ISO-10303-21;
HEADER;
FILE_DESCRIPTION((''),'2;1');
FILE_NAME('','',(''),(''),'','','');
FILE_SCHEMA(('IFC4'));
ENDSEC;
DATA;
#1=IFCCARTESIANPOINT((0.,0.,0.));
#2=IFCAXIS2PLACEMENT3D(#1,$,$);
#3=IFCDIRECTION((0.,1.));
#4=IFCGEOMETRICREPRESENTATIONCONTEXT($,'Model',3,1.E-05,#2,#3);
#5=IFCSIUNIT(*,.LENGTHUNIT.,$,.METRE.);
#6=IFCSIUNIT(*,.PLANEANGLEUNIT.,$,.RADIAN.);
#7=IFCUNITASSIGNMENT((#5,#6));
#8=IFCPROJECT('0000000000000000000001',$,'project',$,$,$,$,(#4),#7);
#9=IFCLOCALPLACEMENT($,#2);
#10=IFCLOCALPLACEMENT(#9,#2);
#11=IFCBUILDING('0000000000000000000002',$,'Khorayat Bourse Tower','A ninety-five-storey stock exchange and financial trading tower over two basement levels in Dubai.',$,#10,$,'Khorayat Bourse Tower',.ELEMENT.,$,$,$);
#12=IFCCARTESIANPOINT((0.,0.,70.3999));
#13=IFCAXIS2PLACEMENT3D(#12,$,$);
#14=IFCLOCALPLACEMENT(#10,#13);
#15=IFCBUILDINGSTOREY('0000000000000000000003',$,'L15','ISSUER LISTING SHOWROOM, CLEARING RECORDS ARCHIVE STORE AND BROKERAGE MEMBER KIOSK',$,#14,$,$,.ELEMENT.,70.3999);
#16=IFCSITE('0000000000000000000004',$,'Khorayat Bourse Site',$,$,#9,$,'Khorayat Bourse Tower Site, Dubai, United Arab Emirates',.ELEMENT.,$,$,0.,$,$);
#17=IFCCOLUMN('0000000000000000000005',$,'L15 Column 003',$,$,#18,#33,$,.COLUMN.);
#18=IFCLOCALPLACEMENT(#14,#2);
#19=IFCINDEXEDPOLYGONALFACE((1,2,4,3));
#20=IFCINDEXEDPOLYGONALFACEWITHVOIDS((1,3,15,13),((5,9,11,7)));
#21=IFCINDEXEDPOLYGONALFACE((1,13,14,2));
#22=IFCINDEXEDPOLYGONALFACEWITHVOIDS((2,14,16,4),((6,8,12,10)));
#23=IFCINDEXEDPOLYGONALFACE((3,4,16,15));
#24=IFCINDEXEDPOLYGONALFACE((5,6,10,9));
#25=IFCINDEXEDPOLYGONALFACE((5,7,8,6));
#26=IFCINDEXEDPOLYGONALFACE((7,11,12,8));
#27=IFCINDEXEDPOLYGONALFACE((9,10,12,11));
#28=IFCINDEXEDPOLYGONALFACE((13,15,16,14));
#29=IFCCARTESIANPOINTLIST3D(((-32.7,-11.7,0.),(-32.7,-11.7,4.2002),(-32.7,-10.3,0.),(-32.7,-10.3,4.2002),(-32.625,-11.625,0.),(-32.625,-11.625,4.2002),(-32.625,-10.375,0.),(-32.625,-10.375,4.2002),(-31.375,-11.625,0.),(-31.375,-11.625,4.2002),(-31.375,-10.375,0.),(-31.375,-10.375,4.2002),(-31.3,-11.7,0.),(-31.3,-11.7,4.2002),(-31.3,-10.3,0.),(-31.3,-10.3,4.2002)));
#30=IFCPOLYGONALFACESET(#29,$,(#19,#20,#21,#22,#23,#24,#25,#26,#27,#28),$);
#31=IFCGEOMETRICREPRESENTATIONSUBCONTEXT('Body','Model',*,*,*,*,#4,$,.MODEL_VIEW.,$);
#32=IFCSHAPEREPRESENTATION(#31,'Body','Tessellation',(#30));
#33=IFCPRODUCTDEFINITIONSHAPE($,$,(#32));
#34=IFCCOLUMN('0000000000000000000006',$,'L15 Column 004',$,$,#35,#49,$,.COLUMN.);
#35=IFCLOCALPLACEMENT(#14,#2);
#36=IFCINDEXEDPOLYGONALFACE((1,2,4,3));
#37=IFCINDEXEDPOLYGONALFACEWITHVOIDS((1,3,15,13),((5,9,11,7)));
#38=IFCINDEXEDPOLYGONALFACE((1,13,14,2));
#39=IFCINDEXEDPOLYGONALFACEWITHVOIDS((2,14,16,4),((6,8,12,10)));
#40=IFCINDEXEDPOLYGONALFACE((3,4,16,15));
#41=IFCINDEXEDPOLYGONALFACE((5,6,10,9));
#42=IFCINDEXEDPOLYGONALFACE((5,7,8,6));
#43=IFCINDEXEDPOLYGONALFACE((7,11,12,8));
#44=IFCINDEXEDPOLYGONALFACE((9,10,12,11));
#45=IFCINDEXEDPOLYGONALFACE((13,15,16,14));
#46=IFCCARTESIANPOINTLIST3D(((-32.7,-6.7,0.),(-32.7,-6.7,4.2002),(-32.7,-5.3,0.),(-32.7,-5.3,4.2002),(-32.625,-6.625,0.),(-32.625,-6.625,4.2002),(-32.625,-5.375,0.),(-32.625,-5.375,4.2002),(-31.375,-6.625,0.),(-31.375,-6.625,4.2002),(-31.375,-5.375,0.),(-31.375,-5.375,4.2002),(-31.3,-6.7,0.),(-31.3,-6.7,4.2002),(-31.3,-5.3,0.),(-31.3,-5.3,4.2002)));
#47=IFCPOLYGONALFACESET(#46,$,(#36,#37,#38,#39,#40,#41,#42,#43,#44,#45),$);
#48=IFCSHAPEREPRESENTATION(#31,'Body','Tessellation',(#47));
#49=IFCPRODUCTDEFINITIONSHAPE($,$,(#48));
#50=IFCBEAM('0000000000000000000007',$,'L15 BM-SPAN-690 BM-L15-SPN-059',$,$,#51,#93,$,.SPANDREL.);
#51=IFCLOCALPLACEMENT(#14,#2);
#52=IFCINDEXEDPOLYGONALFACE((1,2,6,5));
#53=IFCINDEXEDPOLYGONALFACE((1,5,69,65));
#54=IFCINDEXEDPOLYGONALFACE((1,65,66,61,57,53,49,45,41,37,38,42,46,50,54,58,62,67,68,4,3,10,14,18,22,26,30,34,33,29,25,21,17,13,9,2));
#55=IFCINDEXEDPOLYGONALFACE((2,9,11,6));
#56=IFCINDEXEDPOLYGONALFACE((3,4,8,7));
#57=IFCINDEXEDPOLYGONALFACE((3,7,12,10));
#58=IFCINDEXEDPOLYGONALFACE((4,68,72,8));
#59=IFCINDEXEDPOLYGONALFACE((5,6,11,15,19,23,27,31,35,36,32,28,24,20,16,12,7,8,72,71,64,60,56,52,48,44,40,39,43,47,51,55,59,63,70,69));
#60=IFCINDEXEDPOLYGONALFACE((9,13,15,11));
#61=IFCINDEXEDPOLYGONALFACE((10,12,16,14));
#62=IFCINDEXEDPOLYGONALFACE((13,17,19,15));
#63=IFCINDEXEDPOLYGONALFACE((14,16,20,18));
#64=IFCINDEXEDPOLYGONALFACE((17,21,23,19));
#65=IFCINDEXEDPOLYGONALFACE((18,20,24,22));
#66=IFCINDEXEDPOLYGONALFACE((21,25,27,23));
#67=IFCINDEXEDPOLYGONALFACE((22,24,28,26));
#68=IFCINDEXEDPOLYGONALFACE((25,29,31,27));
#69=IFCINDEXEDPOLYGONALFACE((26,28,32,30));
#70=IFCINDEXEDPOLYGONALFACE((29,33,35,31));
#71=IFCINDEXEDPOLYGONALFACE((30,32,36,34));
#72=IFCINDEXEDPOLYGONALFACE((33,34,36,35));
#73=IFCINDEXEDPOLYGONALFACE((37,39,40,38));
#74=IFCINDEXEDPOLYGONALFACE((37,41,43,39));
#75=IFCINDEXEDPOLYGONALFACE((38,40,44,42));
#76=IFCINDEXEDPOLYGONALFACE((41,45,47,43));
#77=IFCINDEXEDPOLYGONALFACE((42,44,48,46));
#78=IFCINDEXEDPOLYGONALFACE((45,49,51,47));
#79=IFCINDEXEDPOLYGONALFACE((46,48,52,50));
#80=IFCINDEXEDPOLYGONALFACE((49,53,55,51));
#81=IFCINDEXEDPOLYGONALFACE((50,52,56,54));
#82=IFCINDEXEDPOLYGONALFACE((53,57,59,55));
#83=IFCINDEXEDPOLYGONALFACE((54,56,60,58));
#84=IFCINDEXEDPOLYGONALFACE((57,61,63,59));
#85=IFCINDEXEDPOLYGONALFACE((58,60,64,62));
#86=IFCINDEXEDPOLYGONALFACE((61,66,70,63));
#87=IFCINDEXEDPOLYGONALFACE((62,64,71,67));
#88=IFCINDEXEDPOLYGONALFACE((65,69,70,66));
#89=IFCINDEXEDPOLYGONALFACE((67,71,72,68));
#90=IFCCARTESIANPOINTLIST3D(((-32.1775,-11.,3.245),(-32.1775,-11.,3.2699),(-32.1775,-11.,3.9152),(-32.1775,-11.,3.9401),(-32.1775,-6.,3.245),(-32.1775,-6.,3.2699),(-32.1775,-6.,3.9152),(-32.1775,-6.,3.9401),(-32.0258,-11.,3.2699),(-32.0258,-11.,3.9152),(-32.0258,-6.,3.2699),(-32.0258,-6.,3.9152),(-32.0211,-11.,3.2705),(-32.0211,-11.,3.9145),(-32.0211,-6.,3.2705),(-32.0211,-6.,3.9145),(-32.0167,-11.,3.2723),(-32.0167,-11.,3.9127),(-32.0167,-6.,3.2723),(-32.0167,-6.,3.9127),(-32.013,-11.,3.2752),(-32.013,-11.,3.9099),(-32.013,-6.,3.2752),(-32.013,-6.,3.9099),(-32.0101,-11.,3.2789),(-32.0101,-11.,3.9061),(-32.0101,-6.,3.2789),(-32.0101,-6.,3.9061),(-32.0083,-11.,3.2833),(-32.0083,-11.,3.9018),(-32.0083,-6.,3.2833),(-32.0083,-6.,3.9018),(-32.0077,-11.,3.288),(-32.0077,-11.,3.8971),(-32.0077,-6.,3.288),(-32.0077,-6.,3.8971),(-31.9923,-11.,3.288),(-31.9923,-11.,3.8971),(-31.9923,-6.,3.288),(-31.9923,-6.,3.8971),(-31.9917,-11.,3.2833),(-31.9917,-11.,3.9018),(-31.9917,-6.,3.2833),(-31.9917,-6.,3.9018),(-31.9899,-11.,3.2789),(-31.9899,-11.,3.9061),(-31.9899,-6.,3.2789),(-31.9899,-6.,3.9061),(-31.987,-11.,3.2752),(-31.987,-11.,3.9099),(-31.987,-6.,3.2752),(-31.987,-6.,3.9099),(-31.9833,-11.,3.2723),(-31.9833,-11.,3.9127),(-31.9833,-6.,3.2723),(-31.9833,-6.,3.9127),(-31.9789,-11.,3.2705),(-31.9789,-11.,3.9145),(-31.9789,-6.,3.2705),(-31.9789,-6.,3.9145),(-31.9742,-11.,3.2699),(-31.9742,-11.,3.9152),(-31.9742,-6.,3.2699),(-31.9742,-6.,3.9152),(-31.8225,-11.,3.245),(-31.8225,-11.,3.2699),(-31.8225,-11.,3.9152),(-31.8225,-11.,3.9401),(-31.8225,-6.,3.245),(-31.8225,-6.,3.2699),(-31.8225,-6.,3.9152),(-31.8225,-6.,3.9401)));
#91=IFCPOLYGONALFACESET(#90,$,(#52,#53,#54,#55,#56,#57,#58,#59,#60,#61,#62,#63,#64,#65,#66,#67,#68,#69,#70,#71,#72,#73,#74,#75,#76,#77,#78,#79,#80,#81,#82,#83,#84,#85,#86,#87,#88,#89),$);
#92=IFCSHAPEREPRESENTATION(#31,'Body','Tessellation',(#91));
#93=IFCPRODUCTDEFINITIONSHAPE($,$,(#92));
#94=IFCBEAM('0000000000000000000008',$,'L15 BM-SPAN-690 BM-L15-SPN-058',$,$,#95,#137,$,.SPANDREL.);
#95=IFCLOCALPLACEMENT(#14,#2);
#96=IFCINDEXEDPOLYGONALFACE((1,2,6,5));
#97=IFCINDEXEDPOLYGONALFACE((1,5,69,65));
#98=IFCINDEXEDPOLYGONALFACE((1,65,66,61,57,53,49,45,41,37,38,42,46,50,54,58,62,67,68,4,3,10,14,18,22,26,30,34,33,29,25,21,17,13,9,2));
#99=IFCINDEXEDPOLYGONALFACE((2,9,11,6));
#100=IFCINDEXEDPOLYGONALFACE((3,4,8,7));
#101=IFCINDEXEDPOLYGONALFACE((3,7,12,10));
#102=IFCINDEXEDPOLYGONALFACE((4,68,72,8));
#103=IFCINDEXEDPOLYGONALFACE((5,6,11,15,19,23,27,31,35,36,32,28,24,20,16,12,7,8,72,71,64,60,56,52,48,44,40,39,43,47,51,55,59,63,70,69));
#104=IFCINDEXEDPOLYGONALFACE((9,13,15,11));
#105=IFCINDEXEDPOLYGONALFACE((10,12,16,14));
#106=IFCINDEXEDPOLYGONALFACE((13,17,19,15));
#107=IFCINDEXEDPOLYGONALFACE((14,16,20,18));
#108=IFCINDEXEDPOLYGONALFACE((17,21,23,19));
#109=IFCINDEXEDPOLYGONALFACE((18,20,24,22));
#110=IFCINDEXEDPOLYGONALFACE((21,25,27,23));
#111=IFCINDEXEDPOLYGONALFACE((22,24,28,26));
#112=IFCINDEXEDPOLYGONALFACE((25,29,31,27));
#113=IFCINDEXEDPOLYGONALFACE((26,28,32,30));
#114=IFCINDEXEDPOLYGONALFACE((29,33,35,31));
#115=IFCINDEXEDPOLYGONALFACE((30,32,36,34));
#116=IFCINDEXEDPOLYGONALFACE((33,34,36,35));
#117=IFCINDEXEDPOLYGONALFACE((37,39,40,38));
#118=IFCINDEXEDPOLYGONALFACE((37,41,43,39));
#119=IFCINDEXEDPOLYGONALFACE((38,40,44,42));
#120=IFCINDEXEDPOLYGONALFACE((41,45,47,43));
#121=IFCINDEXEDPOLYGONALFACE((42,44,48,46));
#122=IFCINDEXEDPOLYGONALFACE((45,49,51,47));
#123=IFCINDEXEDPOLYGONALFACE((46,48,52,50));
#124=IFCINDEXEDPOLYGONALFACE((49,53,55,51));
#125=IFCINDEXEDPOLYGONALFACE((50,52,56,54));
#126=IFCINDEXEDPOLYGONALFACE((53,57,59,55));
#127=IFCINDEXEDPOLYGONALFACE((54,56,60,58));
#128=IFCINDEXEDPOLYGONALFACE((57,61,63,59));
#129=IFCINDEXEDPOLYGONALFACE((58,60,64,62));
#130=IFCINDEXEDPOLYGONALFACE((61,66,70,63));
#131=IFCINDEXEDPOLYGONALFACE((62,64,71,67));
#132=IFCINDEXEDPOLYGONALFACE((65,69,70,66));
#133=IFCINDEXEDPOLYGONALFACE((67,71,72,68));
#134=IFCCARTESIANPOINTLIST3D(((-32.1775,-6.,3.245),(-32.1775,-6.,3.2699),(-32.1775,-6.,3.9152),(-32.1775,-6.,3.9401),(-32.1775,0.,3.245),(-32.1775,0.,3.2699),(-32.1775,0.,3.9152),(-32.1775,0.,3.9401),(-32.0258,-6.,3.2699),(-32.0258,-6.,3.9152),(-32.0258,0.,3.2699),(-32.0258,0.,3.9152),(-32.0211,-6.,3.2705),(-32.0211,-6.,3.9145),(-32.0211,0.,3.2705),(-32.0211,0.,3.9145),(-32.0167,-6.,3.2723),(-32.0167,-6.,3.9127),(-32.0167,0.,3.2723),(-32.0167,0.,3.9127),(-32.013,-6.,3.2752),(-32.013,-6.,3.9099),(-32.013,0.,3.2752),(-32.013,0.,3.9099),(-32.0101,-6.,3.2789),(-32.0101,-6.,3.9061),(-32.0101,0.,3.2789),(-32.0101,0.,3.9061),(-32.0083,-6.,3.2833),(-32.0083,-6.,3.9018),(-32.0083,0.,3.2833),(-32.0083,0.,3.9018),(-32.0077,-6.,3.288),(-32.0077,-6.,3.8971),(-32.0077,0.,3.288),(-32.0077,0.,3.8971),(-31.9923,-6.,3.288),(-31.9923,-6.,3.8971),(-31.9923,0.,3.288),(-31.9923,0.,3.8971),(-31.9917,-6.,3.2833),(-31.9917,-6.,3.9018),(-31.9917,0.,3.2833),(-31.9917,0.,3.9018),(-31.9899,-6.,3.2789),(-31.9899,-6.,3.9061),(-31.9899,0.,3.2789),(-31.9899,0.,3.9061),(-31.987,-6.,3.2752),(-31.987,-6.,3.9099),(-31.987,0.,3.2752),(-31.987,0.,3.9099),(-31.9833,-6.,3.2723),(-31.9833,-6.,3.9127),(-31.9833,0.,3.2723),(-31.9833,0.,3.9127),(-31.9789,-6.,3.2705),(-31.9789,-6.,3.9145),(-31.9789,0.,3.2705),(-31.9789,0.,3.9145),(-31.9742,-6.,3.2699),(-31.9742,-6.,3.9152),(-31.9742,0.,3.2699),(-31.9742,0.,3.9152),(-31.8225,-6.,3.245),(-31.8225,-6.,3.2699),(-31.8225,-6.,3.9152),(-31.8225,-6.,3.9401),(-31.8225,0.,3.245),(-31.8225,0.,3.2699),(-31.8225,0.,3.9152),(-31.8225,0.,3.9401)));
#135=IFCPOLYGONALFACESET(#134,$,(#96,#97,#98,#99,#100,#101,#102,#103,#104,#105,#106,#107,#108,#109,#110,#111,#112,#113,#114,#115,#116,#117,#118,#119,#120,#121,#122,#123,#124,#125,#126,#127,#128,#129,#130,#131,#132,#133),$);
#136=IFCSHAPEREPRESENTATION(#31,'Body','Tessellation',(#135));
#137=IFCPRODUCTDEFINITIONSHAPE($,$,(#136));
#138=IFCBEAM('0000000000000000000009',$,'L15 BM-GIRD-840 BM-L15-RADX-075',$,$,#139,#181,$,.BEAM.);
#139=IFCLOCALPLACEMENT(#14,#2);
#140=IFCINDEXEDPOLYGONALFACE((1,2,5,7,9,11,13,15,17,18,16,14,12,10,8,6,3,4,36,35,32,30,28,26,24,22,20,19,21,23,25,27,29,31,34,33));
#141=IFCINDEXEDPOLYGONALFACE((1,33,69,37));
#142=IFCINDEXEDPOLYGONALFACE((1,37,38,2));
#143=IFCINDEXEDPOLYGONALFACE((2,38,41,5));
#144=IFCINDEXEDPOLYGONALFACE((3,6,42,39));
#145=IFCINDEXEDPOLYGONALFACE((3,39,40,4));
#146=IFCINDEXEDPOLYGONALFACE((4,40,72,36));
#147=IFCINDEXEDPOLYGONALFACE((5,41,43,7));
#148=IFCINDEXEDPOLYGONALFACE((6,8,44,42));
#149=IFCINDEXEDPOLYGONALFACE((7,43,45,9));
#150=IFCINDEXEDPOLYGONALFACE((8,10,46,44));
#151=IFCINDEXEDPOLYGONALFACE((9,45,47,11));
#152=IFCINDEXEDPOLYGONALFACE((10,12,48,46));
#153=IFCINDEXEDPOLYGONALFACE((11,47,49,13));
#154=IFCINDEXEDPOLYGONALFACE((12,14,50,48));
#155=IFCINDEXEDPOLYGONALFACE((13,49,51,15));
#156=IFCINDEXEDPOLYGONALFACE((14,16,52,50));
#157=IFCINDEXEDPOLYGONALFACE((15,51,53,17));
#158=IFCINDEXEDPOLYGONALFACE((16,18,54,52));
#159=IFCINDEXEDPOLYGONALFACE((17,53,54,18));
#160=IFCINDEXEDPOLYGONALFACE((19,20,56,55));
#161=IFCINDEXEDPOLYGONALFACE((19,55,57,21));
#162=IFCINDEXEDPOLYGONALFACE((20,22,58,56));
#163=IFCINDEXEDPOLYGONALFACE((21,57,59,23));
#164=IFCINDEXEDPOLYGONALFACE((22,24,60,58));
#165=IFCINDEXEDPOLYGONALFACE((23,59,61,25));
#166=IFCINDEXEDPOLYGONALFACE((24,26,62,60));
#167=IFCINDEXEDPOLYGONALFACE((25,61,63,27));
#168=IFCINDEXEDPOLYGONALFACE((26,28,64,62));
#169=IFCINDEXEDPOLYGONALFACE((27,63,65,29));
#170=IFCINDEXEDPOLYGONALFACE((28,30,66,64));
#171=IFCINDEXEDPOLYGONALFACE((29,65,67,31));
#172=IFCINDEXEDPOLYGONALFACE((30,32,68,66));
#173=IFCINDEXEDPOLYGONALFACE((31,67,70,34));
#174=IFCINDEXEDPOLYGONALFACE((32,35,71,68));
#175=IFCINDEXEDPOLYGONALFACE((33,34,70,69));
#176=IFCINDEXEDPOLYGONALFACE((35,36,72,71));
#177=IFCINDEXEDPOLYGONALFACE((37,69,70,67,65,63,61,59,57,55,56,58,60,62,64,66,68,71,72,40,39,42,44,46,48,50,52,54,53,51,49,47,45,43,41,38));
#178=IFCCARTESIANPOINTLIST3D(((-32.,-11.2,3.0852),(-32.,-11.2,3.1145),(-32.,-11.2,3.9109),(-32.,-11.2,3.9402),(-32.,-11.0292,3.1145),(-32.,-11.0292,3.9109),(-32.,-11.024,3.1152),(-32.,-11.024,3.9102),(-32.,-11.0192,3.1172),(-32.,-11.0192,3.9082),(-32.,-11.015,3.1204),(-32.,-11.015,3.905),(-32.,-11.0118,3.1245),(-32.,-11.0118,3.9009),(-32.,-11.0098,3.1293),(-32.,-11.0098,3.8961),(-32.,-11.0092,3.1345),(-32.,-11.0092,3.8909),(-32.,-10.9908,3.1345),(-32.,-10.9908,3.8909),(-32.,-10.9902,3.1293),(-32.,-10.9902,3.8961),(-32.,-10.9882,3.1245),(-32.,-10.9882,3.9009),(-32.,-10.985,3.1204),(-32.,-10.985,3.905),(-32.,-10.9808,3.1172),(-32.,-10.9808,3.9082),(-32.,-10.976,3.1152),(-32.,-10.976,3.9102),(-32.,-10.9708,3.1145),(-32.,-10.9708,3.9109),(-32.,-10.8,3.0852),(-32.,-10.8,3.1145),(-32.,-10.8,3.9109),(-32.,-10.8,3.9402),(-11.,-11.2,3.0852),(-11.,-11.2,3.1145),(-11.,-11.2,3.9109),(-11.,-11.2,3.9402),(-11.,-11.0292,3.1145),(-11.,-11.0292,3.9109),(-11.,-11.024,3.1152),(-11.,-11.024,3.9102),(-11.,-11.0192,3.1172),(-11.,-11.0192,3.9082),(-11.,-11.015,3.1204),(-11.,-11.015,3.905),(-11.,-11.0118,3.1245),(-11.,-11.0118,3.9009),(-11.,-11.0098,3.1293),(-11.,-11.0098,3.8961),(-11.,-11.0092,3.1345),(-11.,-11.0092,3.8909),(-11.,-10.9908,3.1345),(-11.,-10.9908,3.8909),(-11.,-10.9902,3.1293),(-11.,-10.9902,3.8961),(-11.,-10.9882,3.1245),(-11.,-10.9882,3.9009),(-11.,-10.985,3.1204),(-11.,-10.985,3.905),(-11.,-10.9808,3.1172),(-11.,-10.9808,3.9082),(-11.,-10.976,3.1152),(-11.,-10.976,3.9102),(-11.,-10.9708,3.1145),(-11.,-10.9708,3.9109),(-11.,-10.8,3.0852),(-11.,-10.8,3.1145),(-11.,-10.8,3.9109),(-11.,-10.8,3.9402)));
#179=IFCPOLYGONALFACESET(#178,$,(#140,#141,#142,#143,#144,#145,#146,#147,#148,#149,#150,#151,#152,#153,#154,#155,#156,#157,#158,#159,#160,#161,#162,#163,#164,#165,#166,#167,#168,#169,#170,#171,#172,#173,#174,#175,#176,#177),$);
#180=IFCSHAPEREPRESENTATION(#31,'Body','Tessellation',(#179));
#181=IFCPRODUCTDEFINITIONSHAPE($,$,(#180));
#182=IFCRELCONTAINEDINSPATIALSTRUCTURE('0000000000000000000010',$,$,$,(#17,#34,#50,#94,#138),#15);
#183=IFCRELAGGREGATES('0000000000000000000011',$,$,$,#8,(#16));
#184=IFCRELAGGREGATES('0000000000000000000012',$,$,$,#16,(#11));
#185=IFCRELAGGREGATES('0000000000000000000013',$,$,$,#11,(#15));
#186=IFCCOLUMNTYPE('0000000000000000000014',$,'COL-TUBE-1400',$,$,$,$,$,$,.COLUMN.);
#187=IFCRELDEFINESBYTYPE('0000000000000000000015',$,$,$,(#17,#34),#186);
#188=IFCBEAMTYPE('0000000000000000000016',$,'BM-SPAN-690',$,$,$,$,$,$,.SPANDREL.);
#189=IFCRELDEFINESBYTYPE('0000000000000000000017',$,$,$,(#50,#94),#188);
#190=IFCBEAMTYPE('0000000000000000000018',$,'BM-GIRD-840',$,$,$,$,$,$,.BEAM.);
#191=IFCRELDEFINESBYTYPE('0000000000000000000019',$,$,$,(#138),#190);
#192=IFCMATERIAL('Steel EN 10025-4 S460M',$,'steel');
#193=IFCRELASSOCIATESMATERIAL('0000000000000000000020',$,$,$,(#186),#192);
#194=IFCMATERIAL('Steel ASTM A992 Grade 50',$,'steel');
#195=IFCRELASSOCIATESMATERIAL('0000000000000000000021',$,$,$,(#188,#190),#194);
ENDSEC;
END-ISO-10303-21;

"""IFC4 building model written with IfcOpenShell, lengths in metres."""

from ifc_helpers import new_model, si_unit, direction, frame, origin, origin_2d, place, context, subcontext, project, spatial, hollow_rectangle, i_section, extrude, source, transform, mapped, material, material_profile, profile_set, type_object, element, save


model = new_model("IFC4")

# Units and contexts
model_context = context("Model", 3, precision=1e-05, world=origin(), true_north=direction((0.0, 1.0)))
body_context = subcontext(model_context, "Body", "Model", "MODEL_VIEW")
ifc_project = project(units=[si_unit("LENGTHUNIT", "METRE"), si_unit("PLANEANGLEUNIT", "RADIAN")], contexts=[model_context])

# Site, building, storey
site_placement = place(None, origin())
site = spatial("IfcSite", under=ifc_project, at=site_placement, Name="Khorayat Bourse Site", LongName="Khorayat Bourse Tower Site, Dubai, United Arab Emirates", CompositionType="ELEMENT", RefElevation=0.0)
building_placement = place(site_placement, origin())
building = spatial("IfcBuilding", under=site, at=building_placement, Name="Khorayat Bourse Tower", Description="A ninety-five-storey stock exchange and financial trading tower over two basement levels in Dubai.", LongName="Khorayat Bourse Tower", CompositionType="ELEMENT")
storey_placement = place(building_placement, frame((0.0, 0.0, 70.3999)))
storey = spatial("IfcBuildingStorey", under=building, at=storey_placement, Name="L15", Description="ISSUER LISTING SHOWROOM, CLEARING RECORDS ARCHIVE STORE AND BROKERAGE MEMBER KIOSK", CompositionType="ELEMENT", Elevation=70.3999)

# Columns
ifc_material_1 = material(Name="Steel EN 10025-4 S460M", Category="steel")
ifc_material_profile_1 = material_profile(ifc_material_1, hollow_rectangle(XDim=1.3999, YDim=1.3999, WallThickness=0.075, at=origin_2d()), Name="BOX 1400x1400x75")
ifc_profile_set_1 = profile_set([ifc_material_profile_1], Name="Steel EN 10025-4 S460M")
column_type = type_object("IfcColumnType", Name="COL-TUBE-1400", PredefinedType="COLUMN", material=ifc_profile_set_1)
shared_shape_1 = source(origin(), body_context, "Body", "SweptSolid", [
    extrude(hollow_rectangle(XDim=1.3999, YDim=1.3999, WallThickness=0.075, at=origin_2d()), origin(), (0.0, 0.0, 1.0), 4.2002),
])
for number, where, z_axis, x_axis, name in (
    (1, (-32.0, -11.0, 0.0), (0.0, 0.0, 1.0), (1.0, 0.0, 0.0), "L15 Column 003"),
    (2, (-32.0, -6.0, 0.0), (0.0, 0.0, 1.0), (1.0, 0.0, 0.0), "L15 Column 004"),
):
    element("IfcColumn", number, at=place(storey_placement, frame(where, z_axis=z_axis, x_axis=x_axis)), inside=storey, type_object=column_type, Name=name, PredefinedType="COLUMN", context=body_context, shape_type="MappedRepresentation", body=[
        mapped(shared_shape_1, transform((0.0, 0.0, 0.0), scale=1.0)),
    ])

# Beams
ifc_material_2 = material(Name="Steel ASTM A992 Grade 50", Category="steel")
ifc_material_profile_2 = material_profile(ifc_material_2, i_section(OverallWidth=0.355, OverallDepth=0.6951, WebThickness=0.0154, FlangeThickness=0.0249, FilletRadius=0.0181, at=origin_2d()), Name="W690X217")
ifc_profile_set_2 = profile_set([ifc_material_profile_2], Name="Steel ASTM A992 Grade 50")
beam_type_1 = type_object("IfcBeamType", Name="BM-SPAN-690", PredefinedType="SPANDREL", material=ifc_profile_set_2)
shared_shape_2 = source(origin(), body_context, "Body", "SweptSolid", [
    extrude(i_section(OverallWidth=0.355, OverallDepth=0.6951, WebThickness=0.0154, FlangeThickness=0.0249, FilletRadius=0.0181, at=origin_2d()), origin(), (0.0, 0.0, 1.0), 5.0),
])
beam_1_placement = place(storey_placement, frame((-32.0, -11.0, 3.5925), z_axis=(0.0, 1.0, 0.0), x_axis=(-1.0, 0.0, 0.0)))
element("IfcBeam", 3, at=beam_1_placement, inside=storey, type_object=beam_type_1, Name="L15 BM-SPAN-690 BM-L15-SPN-059", PredefinedType="SPANDREL", context=body_context, shape_type="MappedRepresentation", body=[
    mapped(shared_shape_2, transform((0.0, 0.0, 0.0), scale=1.0)),
])
shared_shape_3 = source(origin(), body_context, "Body", "SweptSolid", [
    extrude(i_section(OverallWidth=0.355, OverallDepth=0.6951, WebThickness=0.0154, FlangeThickness=0.0249, FilletRadius=0.0181, at=origin_2d()), origin(), (0.0, 0.0, 1.0), 6.0),
])
beam_2_placement = place(storey_placement, frame((-32.0, -6.0, 3.5925), z_axis=(0.0, 1.0, 0.0), x_axis=(-1.0, 0.0, 0.0)))
element("IfcBeam", 4, at=beam_2_placement, inside=storey, type_object=beam_type_1, Name="L15 BM-SPAN-690 BM-L15-SPN-058", PredefinedType="SPANDREL", context=body_context, shape_type="MappedRepresentation", body=[
    mapped(shared_shape_3, transform((0.0, 0.0, 0.0), scale=1.0)),
])
ifc_material_profile_3 = material_profile(ifc_material_2, i_section(OverallWidth=0.3999, OverallDepth=0.855, WebThickness=0.0183, FlangeThickness=0.0293, FilletRadius=0.02, at=origin_2d()), Name="W840X299")
ifc_profile_set_3 = profile_set([ifc_material_profile_3], Name="Steel ASTM A992 Grade 50")
beam_type_2 = type_object("IfcBeamType", Name="BM-GIRD-840", PredefinedType="BEAM", material=ifc_profile_set_3)
shared_shape_4 = source(origin(), body_context, "Body", "SweptSolid", [
    extrude(i_section(OverallWidth=0.3999, OverallDepth=0.855, WebThickness=0.0183, FlangeThickness=0.0293, FilletRadius=0.02, at=origin_2d()), origin(), (0.0, 0.0, 1.0), 21.0),
])
for number, where, z_axis, x_axis, name in (
    (5, (-32.0, -11.0, 3.5127), (1.0, 0.0, 0.0), (0.0, 1.0, 0.0), "L15 BM-GIRD-840 BM-L15-RADX-075"),
):
    element("IfcBeam", number, at=place(storey_placement, frame(where, z_axis=z_axis, x_axis=x_axis)), inside=storey, type_object=beam_type_2, Name=name, PredefinedType="BEAM", context=body_context, shape_type="MappedRepresentation", body=[
        mapped(shared_shape_4, transform((0.0, 0.0, 0.0), scale=1.0)),
    ])

save(model, "model.ifc")
